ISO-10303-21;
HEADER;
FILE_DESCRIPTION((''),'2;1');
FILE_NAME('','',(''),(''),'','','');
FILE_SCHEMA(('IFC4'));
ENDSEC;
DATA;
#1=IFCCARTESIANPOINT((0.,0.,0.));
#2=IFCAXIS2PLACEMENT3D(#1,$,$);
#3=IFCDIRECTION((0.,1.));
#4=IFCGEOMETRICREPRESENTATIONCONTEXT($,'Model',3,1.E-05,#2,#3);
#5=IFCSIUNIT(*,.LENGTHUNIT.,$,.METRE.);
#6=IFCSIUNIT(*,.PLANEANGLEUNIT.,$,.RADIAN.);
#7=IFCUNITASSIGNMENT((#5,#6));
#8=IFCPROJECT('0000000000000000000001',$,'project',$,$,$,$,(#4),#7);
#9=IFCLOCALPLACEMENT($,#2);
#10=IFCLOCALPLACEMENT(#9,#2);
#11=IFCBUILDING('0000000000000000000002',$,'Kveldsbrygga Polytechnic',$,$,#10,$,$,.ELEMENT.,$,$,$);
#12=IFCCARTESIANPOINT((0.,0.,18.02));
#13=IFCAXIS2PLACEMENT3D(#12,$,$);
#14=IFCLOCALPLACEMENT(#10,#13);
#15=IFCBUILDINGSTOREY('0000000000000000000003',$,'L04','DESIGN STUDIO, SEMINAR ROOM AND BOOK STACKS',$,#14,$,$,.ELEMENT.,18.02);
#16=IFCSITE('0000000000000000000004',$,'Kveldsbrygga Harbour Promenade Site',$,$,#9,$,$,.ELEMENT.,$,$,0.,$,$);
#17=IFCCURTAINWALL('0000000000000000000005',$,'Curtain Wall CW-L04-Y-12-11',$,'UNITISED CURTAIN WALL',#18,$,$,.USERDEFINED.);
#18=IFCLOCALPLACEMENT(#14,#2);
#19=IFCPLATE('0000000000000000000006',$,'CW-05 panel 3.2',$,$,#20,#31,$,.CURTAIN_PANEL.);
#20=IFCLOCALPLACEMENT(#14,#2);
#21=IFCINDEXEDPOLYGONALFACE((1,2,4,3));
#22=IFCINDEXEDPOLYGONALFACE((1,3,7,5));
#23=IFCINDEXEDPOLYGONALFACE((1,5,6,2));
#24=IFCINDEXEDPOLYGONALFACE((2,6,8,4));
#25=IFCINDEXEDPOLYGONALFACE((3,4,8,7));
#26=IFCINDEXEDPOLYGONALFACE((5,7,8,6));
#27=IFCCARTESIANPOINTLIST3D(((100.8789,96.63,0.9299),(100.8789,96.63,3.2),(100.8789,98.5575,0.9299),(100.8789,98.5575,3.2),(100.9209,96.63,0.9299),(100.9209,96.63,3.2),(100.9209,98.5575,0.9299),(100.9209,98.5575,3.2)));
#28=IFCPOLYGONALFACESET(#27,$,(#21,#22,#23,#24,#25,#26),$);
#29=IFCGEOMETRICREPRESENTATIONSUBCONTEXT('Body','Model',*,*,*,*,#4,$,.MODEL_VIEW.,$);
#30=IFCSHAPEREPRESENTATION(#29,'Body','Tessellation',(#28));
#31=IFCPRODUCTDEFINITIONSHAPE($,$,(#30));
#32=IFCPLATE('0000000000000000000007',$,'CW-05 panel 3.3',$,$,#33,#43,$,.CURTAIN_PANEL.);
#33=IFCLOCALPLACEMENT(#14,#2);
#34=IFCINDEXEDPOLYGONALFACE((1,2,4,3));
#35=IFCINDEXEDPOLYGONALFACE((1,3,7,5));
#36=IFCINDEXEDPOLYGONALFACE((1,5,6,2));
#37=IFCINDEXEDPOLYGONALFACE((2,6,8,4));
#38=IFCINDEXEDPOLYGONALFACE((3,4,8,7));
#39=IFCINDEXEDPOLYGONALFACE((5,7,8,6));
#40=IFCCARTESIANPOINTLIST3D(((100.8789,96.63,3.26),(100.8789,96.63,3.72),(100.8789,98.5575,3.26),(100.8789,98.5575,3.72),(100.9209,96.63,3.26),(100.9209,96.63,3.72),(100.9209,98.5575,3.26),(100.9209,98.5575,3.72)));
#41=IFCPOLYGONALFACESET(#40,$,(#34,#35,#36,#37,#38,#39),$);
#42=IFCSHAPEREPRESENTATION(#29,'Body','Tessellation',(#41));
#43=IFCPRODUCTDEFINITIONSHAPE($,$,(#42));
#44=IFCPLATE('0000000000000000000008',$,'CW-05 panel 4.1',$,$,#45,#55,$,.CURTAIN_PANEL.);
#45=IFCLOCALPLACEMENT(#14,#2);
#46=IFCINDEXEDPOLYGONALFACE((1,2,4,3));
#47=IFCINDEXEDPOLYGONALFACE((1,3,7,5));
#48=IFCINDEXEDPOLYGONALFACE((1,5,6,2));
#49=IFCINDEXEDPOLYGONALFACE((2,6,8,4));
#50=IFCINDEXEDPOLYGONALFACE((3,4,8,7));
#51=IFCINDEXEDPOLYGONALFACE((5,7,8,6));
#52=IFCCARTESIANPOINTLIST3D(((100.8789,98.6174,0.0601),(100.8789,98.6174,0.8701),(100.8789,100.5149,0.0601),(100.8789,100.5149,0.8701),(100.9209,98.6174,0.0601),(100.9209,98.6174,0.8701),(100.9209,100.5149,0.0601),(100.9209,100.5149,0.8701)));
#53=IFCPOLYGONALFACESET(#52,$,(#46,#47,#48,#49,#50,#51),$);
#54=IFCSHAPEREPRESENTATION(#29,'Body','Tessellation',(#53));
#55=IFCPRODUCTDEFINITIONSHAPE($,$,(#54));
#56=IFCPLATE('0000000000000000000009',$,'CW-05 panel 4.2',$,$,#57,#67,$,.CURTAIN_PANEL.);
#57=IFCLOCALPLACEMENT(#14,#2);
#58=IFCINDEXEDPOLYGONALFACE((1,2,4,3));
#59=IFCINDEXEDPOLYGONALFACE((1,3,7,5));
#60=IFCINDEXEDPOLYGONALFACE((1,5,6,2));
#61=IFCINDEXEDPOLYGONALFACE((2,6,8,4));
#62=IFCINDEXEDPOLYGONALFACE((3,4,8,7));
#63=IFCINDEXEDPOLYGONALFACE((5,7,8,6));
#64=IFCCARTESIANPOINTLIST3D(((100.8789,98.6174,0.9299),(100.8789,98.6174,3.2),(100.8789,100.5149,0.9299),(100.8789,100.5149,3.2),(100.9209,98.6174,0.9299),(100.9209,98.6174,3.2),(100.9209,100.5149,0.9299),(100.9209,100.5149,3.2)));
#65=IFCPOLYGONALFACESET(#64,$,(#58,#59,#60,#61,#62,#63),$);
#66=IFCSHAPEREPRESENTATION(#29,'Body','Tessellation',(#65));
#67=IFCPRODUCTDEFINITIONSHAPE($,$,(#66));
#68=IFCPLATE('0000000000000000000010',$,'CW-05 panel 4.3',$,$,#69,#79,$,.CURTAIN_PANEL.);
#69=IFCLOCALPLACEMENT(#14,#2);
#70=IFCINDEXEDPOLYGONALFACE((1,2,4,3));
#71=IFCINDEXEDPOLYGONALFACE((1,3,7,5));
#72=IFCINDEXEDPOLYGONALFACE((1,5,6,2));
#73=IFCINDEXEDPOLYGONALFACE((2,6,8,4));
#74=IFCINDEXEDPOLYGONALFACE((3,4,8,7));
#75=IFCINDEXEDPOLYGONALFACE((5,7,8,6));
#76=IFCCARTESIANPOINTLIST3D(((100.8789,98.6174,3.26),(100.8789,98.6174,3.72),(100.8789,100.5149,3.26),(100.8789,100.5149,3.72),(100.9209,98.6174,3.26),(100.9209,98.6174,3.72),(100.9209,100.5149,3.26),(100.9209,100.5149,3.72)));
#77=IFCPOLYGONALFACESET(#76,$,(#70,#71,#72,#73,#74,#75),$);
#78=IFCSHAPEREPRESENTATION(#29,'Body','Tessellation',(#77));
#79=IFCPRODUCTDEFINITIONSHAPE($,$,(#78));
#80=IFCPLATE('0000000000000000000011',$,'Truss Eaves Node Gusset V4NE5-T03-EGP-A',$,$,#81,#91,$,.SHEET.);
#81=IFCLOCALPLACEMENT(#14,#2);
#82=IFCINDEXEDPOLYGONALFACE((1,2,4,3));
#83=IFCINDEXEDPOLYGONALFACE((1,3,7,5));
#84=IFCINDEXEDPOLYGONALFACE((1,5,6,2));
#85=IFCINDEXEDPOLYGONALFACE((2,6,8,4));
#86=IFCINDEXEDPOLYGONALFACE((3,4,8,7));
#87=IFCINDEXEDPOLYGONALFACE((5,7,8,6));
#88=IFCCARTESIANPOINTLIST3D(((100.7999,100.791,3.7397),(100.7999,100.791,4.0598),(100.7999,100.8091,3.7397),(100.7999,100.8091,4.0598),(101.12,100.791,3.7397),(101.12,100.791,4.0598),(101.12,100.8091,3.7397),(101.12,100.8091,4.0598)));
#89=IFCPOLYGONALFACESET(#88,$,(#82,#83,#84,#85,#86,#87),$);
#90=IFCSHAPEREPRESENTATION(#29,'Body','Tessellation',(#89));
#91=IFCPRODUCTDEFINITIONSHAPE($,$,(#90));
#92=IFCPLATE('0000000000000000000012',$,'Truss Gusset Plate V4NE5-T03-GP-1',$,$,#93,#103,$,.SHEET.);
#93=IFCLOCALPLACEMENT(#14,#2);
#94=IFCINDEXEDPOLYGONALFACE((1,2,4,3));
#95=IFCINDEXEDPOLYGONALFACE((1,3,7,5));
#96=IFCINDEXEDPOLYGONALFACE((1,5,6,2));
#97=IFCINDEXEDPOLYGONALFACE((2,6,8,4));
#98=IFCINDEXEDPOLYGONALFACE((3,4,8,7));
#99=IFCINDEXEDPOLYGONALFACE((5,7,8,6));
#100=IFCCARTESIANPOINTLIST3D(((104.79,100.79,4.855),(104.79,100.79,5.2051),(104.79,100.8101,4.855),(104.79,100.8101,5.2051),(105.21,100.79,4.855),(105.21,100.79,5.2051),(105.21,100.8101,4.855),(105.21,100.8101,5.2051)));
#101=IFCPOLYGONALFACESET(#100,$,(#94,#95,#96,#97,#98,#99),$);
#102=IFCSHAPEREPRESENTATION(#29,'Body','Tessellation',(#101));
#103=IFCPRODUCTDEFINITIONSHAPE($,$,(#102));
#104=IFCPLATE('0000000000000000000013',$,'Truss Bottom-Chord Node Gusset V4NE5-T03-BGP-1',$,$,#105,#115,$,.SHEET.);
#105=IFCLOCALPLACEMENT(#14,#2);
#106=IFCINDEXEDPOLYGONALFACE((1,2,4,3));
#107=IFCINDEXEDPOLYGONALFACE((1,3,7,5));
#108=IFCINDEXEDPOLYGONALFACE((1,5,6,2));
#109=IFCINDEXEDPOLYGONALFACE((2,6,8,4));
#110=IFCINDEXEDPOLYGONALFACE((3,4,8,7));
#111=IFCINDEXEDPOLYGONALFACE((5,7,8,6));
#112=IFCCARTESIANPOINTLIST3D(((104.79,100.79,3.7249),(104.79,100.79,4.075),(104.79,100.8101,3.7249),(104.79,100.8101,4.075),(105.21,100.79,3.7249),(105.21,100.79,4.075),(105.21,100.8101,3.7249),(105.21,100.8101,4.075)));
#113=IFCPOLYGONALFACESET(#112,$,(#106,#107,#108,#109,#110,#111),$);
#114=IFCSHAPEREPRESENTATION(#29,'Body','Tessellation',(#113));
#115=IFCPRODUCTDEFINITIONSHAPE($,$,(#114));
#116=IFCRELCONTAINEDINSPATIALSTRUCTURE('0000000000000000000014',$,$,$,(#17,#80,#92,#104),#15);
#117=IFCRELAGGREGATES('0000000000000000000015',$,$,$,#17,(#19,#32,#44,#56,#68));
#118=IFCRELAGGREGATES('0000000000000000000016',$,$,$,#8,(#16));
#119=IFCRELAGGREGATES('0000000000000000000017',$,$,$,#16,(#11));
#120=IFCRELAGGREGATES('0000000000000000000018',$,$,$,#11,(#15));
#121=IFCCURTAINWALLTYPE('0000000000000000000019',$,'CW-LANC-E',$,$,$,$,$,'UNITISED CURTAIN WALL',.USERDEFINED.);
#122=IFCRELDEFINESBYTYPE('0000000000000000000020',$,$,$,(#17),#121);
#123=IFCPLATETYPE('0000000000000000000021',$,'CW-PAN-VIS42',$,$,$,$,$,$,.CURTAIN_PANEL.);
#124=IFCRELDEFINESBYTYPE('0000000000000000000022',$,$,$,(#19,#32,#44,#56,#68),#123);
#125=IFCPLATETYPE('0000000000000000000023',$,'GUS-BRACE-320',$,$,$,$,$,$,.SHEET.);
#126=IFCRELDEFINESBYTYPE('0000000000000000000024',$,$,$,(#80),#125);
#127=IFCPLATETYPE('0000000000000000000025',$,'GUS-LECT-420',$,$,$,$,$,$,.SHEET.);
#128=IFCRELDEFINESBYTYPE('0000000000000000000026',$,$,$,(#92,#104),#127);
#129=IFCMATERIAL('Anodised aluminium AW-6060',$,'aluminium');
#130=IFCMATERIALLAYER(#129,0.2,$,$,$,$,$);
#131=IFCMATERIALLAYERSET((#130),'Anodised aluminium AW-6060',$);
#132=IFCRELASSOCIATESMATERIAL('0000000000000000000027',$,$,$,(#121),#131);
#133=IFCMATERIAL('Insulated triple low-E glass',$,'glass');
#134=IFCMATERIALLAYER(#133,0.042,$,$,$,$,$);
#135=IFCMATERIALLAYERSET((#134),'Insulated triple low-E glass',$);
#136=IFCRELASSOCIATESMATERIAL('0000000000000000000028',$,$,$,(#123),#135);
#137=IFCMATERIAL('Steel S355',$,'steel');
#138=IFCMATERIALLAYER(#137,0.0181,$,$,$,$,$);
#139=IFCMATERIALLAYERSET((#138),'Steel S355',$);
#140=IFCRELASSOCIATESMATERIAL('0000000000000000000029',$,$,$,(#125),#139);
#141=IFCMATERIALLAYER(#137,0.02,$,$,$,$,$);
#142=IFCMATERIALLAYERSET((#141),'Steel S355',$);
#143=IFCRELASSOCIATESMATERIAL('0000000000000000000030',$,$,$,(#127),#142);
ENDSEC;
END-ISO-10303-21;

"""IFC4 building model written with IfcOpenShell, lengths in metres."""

from ifc_helpers import new_model, si_unit, direction, frame, origin, origin_2d, place, context, subcontext, project, spatial, rectangle, extrude, material, layer, layer_set, type_object, element, aggregate, save


model = new_model("IFC4")

# Units and contexts
model_context = context("Model", 3, precision=1e-05, world=origin(), true_north=direction((0.0, 1.0)))
body_context = subcontext(model_context, "Body", "Model", "MODEL_VIEW")
ifc_project = project(units=[si_unit("LENGTHUNIT", "METRE"), si_unit("PLANEANGLEUNIT", "RADIAN")], contexts=[model_context])

# Site, building, storey
site_placement = place(None, origin())
site = spatial("IfcSite", under=ifc_project, at=site_placement, Name="Kveldsbrygga Harbour Promenade Site", CompositionType="ELEMENT", RefElevation=0.0)
building_placement = place(site_placement, origin())
building = spatial("IfcBuilding", under=site, at=building_placement, Name="Kveldsbrygga Polytechnic", CompositionType="ELEMENT")
storey_placement = place(building_placement, frame((0.0, 0.0, 18.02)))
storey = spatial("IfcBuildingStorey", under=building, at=storey_placement, Name="L04", Description="DESIGN STUDIO, SEMINAR ROOM AND BOOK STACKS", CompositionType="ELEMENT", Elevation=18.02)

# Curtain wall
ifc_material_1 = material(Name="Anodised aluminium AW-6060", Category="aluminium")
ifc_layer_1 = layer(ifc_material_1, 0.2)
ifc_layer_set_1 = layer_set([ifc_layer_1], Name="Anodised aluminium AW-6060")
curtain_wall_type = type_object("IfcCurtainWallType", Name="CW-LANC-E", ElementType="UNITISED CURTAIN WALL", PredefinedType="USERDEFINED", material=ifc_layer_set_1)
curtain_wall_placement = place(storey_placement, origin())
curtain_wall = element("IfcCurtainWall", 1, at=curtain_wall_placement, inside=storey, type_object=curtain_wall_type, Name="Curtain Wall CW-L04-Y-12-11", ObjectType="UNITISED CURTAIN WALL", PredefinedType="USERDEFINED")

# Shared definitions
ifc_material_2 = material(Name="Steel S355", Category="steel")

# Plates
ifc_material_3 = material(Name="Insulated triple low-E glass", Category="glass")
ifc_layer_2 = layer(ifc_material_3, 0.042)
ifc_layer_set_2 = layer_set([ifc_layer_2], Name="Insulated triple low-E glass")
plate_type_1 = type_object("IfcPlateType", Name="CW-PAN-VIS42", PredefinedType="CURTAIN_PANEL", material=ifc_layer_set_2)
plate_1_placement = place(storey_placement, frame((100.8999, 97.5938, 0.9299), z_axis=(0.0, 0.0, 1.0), x_axis=(0.0, 1.0, 0.0)))
plate_1 = element("IfcPlate", 2, at=plate_1_placement, type_object=plate_type_1, Name="CW-05 panel 3.2", PredefinedType="CURTAIN_PANEL", context=body_context, shape_type="SweptSolid", body=[
    extrude(rectangle(XDim=1.9275, YDim=0.042, at=origin_2d()), origin(), (0.0, 0.0, 1.0), 2.27),
])
plate_2_placement = place(storey_placement, frame((100.8999, 97.5938, 3.26), z_axis=(0.0, 0.0, 1.0), x_axis=(0.0, 1.0, 0.0)))
plate_2 = element("IfcPlate", 3, at=plate_2_placement, type_object=plate_type_1, Name="CW-05 panel 3.3", PredefinedType="CURTAIN_PANEL", context=body_context, shape_type="SweptSolid", body=[
    extrude(rectangle(XDim=1.9275, YDim=0.042, at=origin_2d()), origin(), (0.0, 0.0, 1.0), 0.46),
])
plate_3_placement = place(storey_placement, frame((100.8999, 99.5662, 0.0601), z_axis=(0.0, 0.0, 1.0), x_axis=(0.0, 1.0, 0.0)))
plate_3 = element("IfcPlate", 4, at=plate_3_placement, type_object=plate_type_1, Name="CW-05 panel 4.1", PredefinedType="CURTAIN_PANEL", context=body_context, shape_type="SweptSolid", body=[
    extrude(rectangle(XDim=1.8975, YDim=0.042, at=origin_2d()), origin(), (0.0, 0.0, 1.0), 0.8101),
])
plate_4_placement = place(storey_placement, frame((100.8999, 99.5662, 0.9299), z_axis=(0.0, 0.0, 1.0), x_axis=(0.0, 1.0, 0.0)))
plate_4 = element("IfcPlate", 5, at=plate_4_placement, type_object=plate_type_1, Name="CW-05 panel 4.2", PredefinedType="CURTAIN_PANEL", context=body_context, shape_type="SweptSolid", body=[
    extrude(rectangle(XDim=1.8975, YDim=0.042, at=origin_2d()), origin(), (0.0, 0.0, 1.0), 2.27),
])
plate_5_placement = place(storey_placement, frame((100.8999, 99.5662, 3.26), z_axis=(0.0, 0.0, 1.0), x_axis=(0.0, 1.0, 0.0)))
plate_5 = element("IfcPlate", 6, at=plate_5_placement, type_object=plate_type_1, Name="CW-05 panel 4.3", PredefinedType="CURTAIN_PANEL", context=body_context, shape_type="SweptSolid", body=[
    extrude(rectangle(XDim=1.8975, YDim=0.042, at=origin_2d()), origin(), (0.0, 0.0, 1.0), 0.46),
])
aggregate(curtain_wall, [plate_1, plate_2, plate_3, plate_4, plate_5])

# Plates
ifc_layer_3 = layer(ifc_material_2, 0.0181)
ifc_layer_set_3 = layer_set([ifc_layer_3], Name="Steel S355")
plate_type_2 = type_object("IfcPlateType", Name="GUS-BRACE-320", PredefinedType="SHEET", material=ifc_layer_set_3)
plate_6_placement = place(storey_placement, frame((100.96, 100.8, 3.7397), z_axis=(0.0, 0.0, 1.0), x_axis=(1.0, 0.0, 0.0)))
element("IfcPlate", 7, at=plate_6_placement, inside=storey, type_object=plate_type_2, Name="Truss Eaves Node Gusset V4NE5-T03-EGP-A", PredefinedType="SHEET", context=body_context, shape_type="SweptSolid", body=[
    extrude(rectangle(XDim=0.3201, YDim=0.0181, at=origin_2d()), origin(), (0.0, 0.0, 1.0), 0.3201),
])
ifc_layer_4 = layer(ifc_material_2, 0.02)
ifc_layer_set_4 = layer_set([ifc_layer_4], Name="Steel S355")
plate_type_3 = type_object("IfcPlateType", Name="GUS-LECT-420", PredefinedType="SHEET", material=ifc_layer_set_4)
for number, where, z_axis, x_axis, name in (
    (8, (105.0, 100.8, 4.855), (0.0, 0.0, 1.0), (1.0, 0.0, 0.0), "Truss Gusset Plate V4NE5-T03-GP-1"),
    (9, (105.0, 100.8, 3.7249), (0.0, 0.0, 1.0), (1.0, 0.0, 0.0), "Truss Bottom-Chord Node Gusset V4NE5-T03-BGP-1"),
):
    element("IfcPlate", number, at=place(storey_placement, frame(where, z_axis=z_axis, x_axis=x_axis)), inside=storey, type_object=plate_type_3, Name=name, PredefinedType="SHEET", context=body_context, shape_type="SweptSolid", body=[
        extrude(rectangle(XDim=0.4199, YDim=0.02, at=origin_2d()), origin(), (0.0, 0.0, 1.0), 0.3501),
    ])

save(model, "model.ifc")
